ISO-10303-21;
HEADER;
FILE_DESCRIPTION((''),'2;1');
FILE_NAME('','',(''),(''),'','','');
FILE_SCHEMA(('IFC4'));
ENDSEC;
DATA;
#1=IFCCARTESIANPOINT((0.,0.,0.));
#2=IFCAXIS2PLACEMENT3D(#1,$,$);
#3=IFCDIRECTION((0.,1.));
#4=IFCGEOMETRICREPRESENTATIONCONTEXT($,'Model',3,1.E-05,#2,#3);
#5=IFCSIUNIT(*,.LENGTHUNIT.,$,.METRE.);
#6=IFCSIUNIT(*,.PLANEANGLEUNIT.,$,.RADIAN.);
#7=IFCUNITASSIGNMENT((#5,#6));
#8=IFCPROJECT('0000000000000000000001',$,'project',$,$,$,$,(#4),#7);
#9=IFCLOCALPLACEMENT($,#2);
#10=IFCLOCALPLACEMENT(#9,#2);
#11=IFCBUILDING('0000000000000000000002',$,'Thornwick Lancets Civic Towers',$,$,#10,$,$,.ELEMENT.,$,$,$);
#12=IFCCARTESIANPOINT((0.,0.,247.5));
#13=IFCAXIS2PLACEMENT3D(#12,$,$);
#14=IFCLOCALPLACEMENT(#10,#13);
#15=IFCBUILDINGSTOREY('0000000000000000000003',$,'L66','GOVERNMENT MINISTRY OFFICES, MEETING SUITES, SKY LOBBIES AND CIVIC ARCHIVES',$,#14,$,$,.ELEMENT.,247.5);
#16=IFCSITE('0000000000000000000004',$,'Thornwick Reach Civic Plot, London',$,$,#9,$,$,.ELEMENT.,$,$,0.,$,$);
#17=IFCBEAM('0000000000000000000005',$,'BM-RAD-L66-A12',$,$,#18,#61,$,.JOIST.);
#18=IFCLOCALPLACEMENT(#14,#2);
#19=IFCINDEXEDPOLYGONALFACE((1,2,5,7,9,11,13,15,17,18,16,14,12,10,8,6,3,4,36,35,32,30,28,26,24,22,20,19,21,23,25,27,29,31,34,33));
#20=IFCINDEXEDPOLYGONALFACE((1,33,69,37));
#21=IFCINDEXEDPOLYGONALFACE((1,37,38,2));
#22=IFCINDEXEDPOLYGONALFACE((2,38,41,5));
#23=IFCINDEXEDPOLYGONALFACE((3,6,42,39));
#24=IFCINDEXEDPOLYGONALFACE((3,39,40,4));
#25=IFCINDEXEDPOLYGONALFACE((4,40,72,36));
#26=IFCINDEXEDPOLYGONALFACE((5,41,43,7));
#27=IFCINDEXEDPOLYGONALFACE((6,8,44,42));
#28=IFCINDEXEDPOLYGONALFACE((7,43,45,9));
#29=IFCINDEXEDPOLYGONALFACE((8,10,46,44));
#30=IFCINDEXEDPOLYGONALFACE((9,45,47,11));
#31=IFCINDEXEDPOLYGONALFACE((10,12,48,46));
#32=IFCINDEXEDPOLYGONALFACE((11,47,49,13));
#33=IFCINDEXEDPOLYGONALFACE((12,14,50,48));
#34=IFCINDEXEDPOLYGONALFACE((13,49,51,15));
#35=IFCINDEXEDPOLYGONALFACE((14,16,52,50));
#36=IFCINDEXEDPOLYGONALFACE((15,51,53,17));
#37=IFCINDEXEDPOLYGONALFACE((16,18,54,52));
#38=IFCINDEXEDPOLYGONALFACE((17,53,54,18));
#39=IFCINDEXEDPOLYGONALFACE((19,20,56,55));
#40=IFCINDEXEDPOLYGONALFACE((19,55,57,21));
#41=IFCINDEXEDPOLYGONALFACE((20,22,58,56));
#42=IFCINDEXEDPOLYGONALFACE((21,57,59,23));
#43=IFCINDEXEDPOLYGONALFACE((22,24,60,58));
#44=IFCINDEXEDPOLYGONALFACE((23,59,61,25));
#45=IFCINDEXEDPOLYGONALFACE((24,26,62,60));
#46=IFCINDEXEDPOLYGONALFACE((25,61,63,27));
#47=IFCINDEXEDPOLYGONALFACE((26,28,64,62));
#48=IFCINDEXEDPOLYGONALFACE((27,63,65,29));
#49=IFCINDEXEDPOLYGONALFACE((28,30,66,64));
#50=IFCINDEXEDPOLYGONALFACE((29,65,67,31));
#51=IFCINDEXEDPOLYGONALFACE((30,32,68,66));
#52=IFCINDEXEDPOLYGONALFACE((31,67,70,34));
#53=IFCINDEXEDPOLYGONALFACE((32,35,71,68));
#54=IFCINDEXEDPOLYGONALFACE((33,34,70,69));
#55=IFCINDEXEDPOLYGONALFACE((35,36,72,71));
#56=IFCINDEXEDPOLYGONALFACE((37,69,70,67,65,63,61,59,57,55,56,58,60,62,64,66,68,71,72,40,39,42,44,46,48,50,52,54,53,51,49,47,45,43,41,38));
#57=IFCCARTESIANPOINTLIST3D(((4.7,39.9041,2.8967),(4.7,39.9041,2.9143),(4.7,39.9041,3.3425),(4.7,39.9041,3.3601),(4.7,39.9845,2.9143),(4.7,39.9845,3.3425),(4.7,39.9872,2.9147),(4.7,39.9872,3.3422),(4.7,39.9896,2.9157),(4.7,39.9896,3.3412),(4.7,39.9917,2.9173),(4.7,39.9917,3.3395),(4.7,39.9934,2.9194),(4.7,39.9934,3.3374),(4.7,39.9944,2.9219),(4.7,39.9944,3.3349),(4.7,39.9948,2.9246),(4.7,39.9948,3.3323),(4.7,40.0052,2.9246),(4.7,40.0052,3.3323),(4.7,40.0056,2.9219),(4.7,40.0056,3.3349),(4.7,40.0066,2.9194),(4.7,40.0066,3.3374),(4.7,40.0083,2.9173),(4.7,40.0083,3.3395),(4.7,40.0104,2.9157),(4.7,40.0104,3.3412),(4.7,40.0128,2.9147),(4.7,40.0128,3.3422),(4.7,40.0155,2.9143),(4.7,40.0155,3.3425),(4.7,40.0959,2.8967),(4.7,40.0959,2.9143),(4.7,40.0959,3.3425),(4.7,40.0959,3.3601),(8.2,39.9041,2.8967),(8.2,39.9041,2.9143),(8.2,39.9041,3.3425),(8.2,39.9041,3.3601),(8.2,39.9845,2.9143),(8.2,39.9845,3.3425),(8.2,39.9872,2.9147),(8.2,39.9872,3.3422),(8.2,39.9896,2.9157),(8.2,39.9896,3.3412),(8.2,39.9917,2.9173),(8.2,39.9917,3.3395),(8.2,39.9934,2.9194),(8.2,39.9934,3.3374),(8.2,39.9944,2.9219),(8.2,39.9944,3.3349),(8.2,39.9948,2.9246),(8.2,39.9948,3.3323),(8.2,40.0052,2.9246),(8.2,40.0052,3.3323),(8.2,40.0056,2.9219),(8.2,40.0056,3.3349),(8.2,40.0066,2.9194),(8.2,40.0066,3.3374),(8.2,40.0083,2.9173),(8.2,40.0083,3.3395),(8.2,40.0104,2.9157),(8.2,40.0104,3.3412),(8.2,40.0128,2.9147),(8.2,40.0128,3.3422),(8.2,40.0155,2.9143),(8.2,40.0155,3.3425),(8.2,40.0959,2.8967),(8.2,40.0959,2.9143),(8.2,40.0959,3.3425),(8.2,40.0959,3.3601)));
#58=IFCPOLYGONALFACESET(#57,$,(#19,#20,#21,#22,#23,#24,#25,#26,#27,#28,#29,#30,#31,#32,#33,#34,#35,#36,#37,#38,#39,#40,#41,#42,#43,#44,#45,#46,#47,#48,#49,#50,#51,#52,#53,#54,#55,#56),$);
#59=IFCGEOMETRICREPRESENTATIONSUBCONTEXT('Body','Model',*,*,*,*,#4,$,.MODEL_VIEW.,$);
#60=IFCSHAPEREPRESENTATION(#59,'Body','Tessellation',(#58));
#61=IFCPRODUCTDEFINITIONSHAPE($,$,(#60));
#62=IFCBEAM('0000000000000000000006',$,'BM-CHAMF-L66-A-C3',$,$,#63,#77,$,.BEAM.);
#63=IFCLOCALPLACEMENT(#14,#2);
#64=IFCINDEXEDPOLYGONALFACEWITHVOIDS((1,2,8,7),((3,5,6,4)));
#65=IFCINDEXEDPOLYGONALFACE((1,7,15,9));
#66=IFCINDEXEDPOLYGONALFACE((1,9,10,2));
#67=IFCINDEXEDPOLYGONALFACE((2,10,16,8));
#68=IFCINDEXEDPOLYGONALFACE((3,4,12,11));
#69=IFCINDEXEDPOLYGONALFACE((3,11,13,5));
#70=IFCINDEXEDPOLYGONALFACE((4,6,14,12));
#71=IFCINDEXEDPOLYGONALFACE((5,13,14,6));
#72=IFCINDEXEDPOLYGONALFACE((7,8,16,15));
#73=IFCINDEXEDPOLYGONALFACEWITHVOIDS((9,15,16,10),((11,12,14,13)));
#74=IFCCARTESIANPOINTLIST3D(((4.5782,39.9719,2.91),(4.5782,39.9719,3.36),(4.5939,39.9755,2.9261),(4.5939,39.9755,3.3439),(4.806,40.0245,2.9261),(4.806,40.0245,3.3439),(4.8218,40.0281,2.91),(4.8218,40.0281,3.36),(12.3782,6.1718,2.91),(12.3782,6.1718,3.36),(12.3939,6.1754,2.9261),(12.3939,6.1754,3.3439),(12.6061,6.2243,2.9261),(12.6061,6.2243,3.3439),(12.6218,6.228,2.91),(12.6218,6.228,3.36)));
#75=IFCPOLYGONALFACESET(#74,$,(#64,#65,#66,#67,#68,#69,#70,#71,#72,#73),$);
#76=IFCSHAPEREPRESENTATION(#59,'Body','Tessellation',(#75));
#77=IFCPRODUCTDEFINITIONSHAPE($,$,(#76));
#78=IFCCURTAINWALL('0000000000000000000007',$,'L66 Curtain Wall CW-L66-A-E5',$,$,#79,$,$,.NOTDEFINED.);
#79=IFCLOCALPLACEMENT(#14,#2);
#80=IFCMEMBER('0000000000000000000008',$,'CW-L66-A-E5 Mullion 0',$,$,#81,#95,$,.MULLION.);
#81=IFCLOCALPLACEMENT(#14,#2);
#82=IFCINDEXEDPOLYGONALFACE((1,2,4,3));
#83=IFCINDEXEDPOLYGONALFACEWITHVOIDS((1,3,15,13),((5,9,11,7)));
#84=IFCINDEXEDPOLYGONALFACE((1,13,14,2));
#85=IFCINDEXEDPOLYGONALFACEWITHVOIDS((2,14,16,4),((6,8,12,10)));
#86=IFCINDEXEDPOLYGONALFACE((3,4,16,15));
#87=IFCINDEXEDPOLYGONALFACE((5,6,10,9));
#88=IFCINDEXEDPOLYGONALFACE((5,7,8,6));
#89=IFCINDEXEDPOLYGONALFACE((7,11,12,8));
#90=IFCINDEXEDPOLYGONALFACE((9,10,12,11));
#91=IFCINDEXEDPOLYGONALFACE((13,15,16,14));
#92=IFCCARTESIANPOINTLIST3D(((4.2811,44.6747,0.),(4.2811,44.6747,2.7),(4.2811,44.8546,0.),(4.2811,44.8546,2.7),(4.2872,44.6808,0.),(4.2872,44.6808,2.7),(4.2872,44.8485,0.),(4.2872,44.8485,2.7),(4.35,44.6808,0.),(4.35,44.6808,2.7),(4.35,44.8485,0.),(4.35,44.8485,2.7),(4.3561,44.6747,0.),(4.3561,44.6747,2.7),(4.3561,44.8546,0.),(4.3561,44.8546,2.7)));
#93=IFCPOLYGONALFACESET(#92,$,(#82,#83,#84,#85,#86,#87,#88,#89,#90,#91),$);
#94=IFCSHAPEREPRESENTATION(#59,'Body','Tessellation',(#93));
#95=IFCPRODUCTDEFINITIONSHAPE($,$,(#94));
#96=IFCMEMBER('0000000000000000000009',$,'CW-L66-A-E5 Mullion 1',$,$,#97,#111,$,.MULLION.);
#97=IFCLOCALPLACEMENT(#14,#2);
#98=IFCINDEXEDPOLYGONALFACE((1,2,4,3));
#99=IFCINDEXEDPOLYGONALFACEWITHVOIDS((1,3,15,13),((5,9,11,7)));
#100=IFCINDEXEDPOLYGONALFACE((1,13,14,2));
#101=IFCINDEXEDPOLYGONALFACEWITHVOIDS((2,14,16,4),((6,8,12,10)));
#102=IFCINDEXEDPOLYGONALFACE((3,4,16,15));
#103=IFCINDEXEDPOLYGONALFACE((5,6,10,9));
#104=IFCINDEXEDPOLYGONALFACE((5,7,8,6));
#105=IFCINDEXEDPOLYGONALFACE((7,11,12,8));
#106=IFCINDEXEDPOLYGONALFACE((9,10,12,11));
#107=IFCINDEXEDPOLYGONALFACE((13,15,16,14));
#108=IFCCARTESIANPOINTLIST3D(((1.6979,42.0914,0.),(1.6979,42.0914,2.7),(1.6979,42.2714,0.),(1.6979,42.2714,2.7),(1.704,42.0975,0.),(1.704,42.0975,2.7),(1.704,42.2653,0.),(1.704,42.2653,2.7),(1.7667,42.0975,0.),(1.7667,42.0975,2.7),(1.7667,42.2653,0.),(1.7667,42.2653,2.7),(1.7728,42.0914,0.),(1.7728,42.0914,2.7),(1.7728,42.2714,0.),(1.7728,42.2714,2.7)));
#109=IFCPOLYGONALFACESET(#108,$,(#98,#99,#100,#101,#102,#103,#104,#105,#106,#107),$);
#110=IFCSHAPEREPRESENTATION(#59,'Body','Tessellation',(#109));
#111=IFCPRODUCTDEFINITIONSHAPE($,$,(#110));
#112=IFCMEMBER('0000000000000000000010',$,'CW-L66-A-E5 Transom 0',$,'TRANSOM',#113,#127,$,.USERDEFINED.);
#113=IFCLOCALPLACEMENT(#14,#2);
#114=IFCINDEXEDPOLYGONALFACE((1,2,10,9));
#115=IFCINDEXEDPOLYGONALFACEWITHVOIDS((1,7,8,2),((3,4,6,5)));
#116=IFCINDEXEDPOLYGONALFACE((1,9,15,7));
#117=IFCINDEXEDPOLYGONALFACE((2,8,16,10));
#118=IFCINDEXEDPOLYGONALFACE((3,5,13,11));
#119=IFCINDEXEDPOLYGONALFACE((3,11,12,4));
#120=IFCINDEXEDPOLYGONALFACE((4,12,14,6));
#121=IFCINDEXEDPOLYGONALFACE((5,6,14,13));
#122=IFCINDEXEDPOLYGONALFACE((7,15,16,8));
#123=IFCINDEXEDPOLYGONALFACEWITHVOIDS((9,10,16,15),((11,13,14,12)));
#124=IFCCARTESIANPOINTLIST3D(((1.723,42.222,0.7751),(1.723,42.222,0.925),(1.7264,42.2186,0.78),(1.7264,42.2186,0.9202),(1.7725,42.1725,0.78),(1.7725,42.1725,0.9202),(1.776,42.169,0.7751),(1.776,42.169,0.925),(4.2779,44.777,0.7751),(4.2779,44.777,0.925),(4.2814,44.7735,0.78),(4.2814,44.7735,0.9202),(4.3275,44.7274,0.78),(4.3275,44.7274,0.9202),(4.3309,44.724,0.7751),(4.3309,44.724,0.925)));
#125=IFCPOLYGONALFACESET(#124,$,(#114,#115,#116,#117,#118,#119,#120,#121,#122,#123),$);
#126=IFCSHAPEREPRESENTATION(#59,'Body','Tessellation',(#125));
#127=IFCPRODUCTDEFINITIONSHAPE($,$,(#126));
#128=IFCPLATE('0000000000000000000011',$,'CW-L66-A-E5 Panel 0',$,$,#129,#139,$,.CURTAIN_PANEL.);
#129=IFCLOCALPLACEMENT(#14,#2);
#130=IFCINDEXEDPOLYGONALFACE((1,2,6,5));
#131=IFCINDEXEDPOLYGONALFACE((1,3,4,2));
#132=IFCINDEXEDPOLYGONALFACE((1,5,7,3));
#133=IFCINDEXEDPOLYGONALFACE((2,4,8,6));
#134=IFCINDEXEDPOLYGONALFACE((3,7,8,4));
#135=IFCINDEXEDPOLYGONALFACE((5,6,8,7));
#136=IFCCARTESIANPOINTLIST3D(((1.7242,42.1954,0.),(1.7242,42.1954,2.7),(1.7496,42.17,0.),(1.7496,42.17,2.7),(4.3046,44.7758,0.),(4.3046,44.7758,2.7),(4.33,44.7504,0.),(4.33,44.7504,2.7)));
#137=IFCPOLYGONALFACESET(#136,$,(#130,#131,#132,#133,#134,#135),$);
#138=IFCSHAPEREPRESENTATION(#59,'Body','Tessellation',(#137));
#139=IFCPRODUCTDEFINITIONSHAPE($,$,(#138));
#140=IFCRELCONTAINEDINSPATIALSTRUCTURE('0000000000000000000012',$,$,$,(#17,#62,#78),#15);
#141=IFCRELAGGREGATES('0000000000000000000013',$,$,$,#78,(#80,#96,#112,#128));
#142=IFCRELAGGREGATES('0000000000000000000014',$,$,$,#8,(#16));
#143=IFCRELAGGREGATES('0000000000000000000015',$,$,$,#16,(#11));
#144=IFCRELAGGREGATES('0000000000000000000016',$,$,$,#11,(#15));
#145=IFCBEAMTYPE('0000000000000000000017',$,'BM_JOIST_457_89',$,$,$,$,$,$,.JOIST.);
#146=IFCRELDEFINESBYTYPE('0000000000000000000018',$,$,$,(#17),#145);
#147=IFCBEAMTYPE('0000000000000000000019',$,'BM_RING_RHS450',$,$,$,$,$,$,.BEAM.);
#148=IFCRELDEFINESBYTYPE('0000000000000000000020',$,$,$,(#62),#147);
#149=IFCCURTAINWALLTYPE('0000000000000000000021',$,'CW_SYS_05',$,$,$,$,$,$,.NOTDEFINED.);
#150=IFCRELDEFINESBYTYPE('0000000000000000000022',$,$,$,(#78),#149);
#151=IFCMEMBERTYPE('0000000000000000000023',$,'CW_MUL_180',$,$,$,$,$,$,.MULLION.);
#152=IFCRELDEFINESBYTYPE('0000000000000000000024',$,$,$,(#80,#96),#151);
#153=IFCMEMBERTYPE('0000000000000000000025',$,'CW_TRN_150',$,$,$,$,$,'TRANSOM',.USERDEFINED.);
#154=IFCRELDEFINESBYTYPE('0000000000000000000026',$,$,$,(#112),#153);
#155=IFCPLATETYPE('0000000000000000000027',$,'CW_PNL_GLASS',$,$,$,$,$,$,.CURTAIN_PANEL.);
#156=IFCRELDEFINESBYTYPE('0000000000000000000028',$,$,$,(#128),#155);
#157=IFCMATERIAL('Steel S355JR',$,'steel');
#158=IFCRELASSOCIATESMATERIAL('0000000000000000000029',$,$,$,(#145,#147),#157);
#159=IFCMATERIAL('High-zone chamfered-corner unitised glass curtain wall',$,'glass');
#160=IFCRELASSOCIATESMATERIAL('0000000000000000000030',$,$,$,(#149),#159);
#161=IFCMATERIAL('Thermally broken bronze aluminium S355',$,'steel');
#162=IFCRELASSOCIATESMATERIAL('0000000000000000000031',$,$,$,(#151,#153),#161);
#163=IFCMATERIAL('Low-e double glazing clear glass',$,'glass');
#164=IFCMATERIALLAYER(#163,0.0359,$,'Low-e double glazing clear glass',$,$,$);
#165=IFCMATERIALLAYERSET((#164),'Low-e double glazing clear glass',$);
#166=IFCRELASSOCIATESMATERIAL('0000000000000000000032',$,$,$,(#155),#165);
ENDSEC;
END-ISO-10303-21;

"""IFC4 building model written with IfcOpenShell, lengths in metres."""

from ifc_helpers import new_model, si_unit, direction, frame, origin, origin_2d, place, context, subcontext, project, spatial, rectangle, hollow_rectangle, i_section, extrude, material, layer, layer_set, material_profile, profile_set, type_object, element, aggregate, save


model = new_model("IFC4")

# Units and contexts
model_context = context("Model", 3, precision=1e-05, world=origin(), true_north=direction((0.0, 1.0)))
body_context = subcontext(model_context, "Body", "Model", "MODEL_VIEW")
ifc_project = project(units=[si_unit("LENGTHUNIT", "METRE"), si_unit("PLANEANGLEUNIT", "RADIAN")], contexts=[model_context])

# Site, building, storey
site_placement = place(None, origin())
site = spatial("IfcSite", under=ifc_project, at=site_placement, Name="Thornwick Reach Civic Plot, London", CompositionType="ELEMENT", RefElevation=0.0)
building_placement = place(site_placement, origin())
building = spatial("IfcBuilding", under=site, at=building_placement, Name="Thornwick Lancets Civic Towers", CompositionType="ELEMENT")
storey_placement = place(building_placement, frame((0.0, 0.0, 247.5)))
storey = spatial("IfcBuildingStorey", under=building, at=storey_placement, Name="L66", Description="GOVERNMENT MINISTRY OFFICES, MEETING SUITES, SKY LOBBIES AND CIVIC ARCHIVES", CompositionType="ELEMENT", Elevation=247.5)

# Shared definitions
ifc_material_1 = material(Name="Steel S355JR", Category="steel")

# Beams
ifc_material_profile_1 = material_profile(ifc_material_1, i_section(OverallWidth=0.1919, OverallDepth=0.4634, WebThickness=0.0105, FlangeThickness=0.0176, FilletRadius=0.0103, at=origin_2d()), Name="UKB 457x191x89")
ifc_profile_set_1 = profile_set([ifc_material_profile_1], Name="Steel S355JR")
beam_type_1 = type_object("IfcBeamType", Name="BM_JOIST_457_89", PredefinedType="JOIST", material=ifc_profile_set_1)
beam_1_placement = place(storey_placement, frame((8.2, 40.0, 3.1284), z_axis=(-1.0, 0.0, 0.0), x_axis=(0.0, -1.0, 0.0)))
element("IfcBeam", 1, at=beam_1_placement, inside=storey, type_object=beam_type_1, Name="BM-RAD-L66-A12", PredefinedType="JOIST", context=body_context, shape_type="SweptSolid", body=[
    extrude(i_section(OverallWidth=0.1919, OverallDepth=0.4634, WebThickness=0.0105, FlangeThickness=0.0176, FilletRadius=0.0103, at=origin_2d()), origin(), (0.0, 0.0, 1.0), 3.5),
])
ifc_material_profile_2 = material_profile(ifc_material_1, hollow_rectangle(XDim=0.25, YDim=0.45, WallThickness=0.0161, at=origin_2d()), Name="RHS 450x250x16")
ifc_profile_set_2 = profile_set([ifc_material_profile_2], Name="Steel S355JR")
beam_type_2 = type_object("IfcBeamType", Name="BM_RING_RHS450", PredefinedType="BEAM", material=ifc_profile_set_2)
beam_2_placement = place(storey_placement, frame((4.7, 40.0, 3.135), z_axis=(0.224861, -0.974391, 0.0), x_axis=(0.974391, 0.224861, 0.0)))
element("IfcBeam", 2, at=beam_2_placement, inside=storey, type_object=beam_type_2, Name="BM-CHAMF-L66-A-C3", PredefinedType="BEAM", context=body_context, shape_type="SweptSolid", body=[
    extrude(hollow_rectangle(XDim=0.25, YDim=0.45, WallThickness=0.0161, at=origin_2d()), origin(), (0.0, 0.0, 1.0), 34.6885),
])

# Curtain wall, members, plate
ifc_material_2 = material(Name="High-zone chamfered-corner unitised glass curtain wall", Category="glass")
curtain_wall_type = type_object("IfcCurtainWallType", Name="CW_SYS_05", PredefinedType="NOTDEFINED", material=ifc_material_2)
curtain_wall_placement = place(storey_placement, origin())
curtain_wall = element("IfcCurtainWall", 3, at=curtain_wall_placement, inside=storey, type_object=curtain_wall_type, Name="L66 Curtain Wall CW-L66-A-E5", PredefinedType="NOTDEFINED")
ifc_material_3 = material(Name="Thermally broken bronze aluminium S355", Category="steel")
ifc_material_profile_3 = material_profile(ifc_material_3, hollow_rectangle(XDim=0.075, YDim=0.1799, WallThickness=0.0061, at=origin_2d()), Name="RHS 180x75x6")
ifc_profile_set_3 = profile_set([ifc_material_profile_3], Name="Thermally broken bronze aluminium S355")
member_type_1 = type_object("IfcMemberType", Name="CW_MUL_180", PredefinedType="MULLION", material=ifc_profile_set_3)
member_1_placement = place(storey_placement, frame((4.3186, 44.7646, 0.0), z_axis=(0.0, 0.0, 1.0), x_axis=(1.0, 0.0, 0.0)))
member_1 = element("IfcMember", 4, at=member_1_placement, type_object=member_type_1, Name="CW-L66-A-E5 Mullion 0", PredefinedType="MULLION", context=body_context, shape_type="SweptSolid", body=[
    extrude(hollow_rectangle(XDim=0.075, YDim=0.1799, WallThickness=0.0061, at=origin_2d()), origin(), (0.0, 0.0, 1.0), 2.7),
])
member_2_placement = place(storey_placement, frame((1.7354, 42.1814, 0.0), z_axis=(0.0, 0.0, 1.0), x_axis=(1.0, 0.0, 0.0)))
member_2 = element("IfcMember", 5, at=member_2_placement, type_object=member_type_1, Name="CW-L66-A-E5 Mullion 1", PredefinedType="MULLION", context=body_context, shape_type="SweptSolid", body=[
    extrude(hollow_rectangle(XDim=0.075, YDim=0.1799, WallThickness=0.0061, at=origin_2d()), origin(), (0.0, 0.0, 1.0), 2.7),
])
ifc_material_profile_4 = material_profile(ifc_material_3, hollow_rectangle(XDim=0.075, YDim=0.1499, WallThickness=0.0049, at=origin_2d()), Name="RHS 150x75x5")
ifc_profile_set_4 = profile_set([ifc_material_profile_4], Name="Thermally broken bronze aluminium S355")
member_type_2 = type_object("IfcMemberType", Name="CW_TRN_150", ElementType="TRANSOM", PredefinedType="USERDEFINED", material=ifc_profile_set_4)
member_3_placement = place(storey_placement, frame((4.3044, 44.7505, 0.8501), z_axis=(-0.707107, -0.707107, 0.0), x_axis=(0.707107, -0.707107, 0.0)))
member_3 = element("IfcMember", 6, at=member_3_placement, type_object=member_type_2, Name="CW-L66-A-E5 Transom 0", ObjectType="TRANSOM", PredefinedType="USERDEFINED", context=body_context, shape_type="SweptSolid", body=[
    extrude(hollow_rectangle(XDim=0.075, YDim=0.1499, WallThickness=0.0049, at=origin_2d()), origin(), (0.0, 0.0, 1.0), 3.6133),
])
ifc_material_4 = material(Name="Low-e double glazing clear glass", Category="glass")
ifc_layer_1 = layer(ifc_material_4, 0.0359, Name="Low-e double glazing clear glass")
ifc_layer_set_1 = layer_set([ifc_layer_1], Name="Low-e double glazing clear glass")
plate_type = type_object("IfcPlateType", Name="CW_PNL_GLASS", PredefinedType="CURTAIN_PANEL", material=ifc_layer_set_1)
plate_placement = place(storey_placement, frame((3.0271, 43.4729, 0.0), z_axis=(0.0, 0.0, 1.0), x_axis=(-0.707107, -0.707107, 0.0)))
plate = element("IfcPlate", 7, at=plate_placement, type_object=plate_type, Name="CW-L66-A-E5 Panel 0", PredefinedType="CURTAIN_PANEL", context=body_context, shape_type="SweptSolid", body=[
    extrude(rectangle(XDim=3.6492, YDim=0.0359, at=origin_2d()), origin(), (0.0, 0.0, 1.0), 2.7),
])
aggregate(curtain_wall, [member_1, member_2, member_3, plate])

save(model, "model.ifc")
